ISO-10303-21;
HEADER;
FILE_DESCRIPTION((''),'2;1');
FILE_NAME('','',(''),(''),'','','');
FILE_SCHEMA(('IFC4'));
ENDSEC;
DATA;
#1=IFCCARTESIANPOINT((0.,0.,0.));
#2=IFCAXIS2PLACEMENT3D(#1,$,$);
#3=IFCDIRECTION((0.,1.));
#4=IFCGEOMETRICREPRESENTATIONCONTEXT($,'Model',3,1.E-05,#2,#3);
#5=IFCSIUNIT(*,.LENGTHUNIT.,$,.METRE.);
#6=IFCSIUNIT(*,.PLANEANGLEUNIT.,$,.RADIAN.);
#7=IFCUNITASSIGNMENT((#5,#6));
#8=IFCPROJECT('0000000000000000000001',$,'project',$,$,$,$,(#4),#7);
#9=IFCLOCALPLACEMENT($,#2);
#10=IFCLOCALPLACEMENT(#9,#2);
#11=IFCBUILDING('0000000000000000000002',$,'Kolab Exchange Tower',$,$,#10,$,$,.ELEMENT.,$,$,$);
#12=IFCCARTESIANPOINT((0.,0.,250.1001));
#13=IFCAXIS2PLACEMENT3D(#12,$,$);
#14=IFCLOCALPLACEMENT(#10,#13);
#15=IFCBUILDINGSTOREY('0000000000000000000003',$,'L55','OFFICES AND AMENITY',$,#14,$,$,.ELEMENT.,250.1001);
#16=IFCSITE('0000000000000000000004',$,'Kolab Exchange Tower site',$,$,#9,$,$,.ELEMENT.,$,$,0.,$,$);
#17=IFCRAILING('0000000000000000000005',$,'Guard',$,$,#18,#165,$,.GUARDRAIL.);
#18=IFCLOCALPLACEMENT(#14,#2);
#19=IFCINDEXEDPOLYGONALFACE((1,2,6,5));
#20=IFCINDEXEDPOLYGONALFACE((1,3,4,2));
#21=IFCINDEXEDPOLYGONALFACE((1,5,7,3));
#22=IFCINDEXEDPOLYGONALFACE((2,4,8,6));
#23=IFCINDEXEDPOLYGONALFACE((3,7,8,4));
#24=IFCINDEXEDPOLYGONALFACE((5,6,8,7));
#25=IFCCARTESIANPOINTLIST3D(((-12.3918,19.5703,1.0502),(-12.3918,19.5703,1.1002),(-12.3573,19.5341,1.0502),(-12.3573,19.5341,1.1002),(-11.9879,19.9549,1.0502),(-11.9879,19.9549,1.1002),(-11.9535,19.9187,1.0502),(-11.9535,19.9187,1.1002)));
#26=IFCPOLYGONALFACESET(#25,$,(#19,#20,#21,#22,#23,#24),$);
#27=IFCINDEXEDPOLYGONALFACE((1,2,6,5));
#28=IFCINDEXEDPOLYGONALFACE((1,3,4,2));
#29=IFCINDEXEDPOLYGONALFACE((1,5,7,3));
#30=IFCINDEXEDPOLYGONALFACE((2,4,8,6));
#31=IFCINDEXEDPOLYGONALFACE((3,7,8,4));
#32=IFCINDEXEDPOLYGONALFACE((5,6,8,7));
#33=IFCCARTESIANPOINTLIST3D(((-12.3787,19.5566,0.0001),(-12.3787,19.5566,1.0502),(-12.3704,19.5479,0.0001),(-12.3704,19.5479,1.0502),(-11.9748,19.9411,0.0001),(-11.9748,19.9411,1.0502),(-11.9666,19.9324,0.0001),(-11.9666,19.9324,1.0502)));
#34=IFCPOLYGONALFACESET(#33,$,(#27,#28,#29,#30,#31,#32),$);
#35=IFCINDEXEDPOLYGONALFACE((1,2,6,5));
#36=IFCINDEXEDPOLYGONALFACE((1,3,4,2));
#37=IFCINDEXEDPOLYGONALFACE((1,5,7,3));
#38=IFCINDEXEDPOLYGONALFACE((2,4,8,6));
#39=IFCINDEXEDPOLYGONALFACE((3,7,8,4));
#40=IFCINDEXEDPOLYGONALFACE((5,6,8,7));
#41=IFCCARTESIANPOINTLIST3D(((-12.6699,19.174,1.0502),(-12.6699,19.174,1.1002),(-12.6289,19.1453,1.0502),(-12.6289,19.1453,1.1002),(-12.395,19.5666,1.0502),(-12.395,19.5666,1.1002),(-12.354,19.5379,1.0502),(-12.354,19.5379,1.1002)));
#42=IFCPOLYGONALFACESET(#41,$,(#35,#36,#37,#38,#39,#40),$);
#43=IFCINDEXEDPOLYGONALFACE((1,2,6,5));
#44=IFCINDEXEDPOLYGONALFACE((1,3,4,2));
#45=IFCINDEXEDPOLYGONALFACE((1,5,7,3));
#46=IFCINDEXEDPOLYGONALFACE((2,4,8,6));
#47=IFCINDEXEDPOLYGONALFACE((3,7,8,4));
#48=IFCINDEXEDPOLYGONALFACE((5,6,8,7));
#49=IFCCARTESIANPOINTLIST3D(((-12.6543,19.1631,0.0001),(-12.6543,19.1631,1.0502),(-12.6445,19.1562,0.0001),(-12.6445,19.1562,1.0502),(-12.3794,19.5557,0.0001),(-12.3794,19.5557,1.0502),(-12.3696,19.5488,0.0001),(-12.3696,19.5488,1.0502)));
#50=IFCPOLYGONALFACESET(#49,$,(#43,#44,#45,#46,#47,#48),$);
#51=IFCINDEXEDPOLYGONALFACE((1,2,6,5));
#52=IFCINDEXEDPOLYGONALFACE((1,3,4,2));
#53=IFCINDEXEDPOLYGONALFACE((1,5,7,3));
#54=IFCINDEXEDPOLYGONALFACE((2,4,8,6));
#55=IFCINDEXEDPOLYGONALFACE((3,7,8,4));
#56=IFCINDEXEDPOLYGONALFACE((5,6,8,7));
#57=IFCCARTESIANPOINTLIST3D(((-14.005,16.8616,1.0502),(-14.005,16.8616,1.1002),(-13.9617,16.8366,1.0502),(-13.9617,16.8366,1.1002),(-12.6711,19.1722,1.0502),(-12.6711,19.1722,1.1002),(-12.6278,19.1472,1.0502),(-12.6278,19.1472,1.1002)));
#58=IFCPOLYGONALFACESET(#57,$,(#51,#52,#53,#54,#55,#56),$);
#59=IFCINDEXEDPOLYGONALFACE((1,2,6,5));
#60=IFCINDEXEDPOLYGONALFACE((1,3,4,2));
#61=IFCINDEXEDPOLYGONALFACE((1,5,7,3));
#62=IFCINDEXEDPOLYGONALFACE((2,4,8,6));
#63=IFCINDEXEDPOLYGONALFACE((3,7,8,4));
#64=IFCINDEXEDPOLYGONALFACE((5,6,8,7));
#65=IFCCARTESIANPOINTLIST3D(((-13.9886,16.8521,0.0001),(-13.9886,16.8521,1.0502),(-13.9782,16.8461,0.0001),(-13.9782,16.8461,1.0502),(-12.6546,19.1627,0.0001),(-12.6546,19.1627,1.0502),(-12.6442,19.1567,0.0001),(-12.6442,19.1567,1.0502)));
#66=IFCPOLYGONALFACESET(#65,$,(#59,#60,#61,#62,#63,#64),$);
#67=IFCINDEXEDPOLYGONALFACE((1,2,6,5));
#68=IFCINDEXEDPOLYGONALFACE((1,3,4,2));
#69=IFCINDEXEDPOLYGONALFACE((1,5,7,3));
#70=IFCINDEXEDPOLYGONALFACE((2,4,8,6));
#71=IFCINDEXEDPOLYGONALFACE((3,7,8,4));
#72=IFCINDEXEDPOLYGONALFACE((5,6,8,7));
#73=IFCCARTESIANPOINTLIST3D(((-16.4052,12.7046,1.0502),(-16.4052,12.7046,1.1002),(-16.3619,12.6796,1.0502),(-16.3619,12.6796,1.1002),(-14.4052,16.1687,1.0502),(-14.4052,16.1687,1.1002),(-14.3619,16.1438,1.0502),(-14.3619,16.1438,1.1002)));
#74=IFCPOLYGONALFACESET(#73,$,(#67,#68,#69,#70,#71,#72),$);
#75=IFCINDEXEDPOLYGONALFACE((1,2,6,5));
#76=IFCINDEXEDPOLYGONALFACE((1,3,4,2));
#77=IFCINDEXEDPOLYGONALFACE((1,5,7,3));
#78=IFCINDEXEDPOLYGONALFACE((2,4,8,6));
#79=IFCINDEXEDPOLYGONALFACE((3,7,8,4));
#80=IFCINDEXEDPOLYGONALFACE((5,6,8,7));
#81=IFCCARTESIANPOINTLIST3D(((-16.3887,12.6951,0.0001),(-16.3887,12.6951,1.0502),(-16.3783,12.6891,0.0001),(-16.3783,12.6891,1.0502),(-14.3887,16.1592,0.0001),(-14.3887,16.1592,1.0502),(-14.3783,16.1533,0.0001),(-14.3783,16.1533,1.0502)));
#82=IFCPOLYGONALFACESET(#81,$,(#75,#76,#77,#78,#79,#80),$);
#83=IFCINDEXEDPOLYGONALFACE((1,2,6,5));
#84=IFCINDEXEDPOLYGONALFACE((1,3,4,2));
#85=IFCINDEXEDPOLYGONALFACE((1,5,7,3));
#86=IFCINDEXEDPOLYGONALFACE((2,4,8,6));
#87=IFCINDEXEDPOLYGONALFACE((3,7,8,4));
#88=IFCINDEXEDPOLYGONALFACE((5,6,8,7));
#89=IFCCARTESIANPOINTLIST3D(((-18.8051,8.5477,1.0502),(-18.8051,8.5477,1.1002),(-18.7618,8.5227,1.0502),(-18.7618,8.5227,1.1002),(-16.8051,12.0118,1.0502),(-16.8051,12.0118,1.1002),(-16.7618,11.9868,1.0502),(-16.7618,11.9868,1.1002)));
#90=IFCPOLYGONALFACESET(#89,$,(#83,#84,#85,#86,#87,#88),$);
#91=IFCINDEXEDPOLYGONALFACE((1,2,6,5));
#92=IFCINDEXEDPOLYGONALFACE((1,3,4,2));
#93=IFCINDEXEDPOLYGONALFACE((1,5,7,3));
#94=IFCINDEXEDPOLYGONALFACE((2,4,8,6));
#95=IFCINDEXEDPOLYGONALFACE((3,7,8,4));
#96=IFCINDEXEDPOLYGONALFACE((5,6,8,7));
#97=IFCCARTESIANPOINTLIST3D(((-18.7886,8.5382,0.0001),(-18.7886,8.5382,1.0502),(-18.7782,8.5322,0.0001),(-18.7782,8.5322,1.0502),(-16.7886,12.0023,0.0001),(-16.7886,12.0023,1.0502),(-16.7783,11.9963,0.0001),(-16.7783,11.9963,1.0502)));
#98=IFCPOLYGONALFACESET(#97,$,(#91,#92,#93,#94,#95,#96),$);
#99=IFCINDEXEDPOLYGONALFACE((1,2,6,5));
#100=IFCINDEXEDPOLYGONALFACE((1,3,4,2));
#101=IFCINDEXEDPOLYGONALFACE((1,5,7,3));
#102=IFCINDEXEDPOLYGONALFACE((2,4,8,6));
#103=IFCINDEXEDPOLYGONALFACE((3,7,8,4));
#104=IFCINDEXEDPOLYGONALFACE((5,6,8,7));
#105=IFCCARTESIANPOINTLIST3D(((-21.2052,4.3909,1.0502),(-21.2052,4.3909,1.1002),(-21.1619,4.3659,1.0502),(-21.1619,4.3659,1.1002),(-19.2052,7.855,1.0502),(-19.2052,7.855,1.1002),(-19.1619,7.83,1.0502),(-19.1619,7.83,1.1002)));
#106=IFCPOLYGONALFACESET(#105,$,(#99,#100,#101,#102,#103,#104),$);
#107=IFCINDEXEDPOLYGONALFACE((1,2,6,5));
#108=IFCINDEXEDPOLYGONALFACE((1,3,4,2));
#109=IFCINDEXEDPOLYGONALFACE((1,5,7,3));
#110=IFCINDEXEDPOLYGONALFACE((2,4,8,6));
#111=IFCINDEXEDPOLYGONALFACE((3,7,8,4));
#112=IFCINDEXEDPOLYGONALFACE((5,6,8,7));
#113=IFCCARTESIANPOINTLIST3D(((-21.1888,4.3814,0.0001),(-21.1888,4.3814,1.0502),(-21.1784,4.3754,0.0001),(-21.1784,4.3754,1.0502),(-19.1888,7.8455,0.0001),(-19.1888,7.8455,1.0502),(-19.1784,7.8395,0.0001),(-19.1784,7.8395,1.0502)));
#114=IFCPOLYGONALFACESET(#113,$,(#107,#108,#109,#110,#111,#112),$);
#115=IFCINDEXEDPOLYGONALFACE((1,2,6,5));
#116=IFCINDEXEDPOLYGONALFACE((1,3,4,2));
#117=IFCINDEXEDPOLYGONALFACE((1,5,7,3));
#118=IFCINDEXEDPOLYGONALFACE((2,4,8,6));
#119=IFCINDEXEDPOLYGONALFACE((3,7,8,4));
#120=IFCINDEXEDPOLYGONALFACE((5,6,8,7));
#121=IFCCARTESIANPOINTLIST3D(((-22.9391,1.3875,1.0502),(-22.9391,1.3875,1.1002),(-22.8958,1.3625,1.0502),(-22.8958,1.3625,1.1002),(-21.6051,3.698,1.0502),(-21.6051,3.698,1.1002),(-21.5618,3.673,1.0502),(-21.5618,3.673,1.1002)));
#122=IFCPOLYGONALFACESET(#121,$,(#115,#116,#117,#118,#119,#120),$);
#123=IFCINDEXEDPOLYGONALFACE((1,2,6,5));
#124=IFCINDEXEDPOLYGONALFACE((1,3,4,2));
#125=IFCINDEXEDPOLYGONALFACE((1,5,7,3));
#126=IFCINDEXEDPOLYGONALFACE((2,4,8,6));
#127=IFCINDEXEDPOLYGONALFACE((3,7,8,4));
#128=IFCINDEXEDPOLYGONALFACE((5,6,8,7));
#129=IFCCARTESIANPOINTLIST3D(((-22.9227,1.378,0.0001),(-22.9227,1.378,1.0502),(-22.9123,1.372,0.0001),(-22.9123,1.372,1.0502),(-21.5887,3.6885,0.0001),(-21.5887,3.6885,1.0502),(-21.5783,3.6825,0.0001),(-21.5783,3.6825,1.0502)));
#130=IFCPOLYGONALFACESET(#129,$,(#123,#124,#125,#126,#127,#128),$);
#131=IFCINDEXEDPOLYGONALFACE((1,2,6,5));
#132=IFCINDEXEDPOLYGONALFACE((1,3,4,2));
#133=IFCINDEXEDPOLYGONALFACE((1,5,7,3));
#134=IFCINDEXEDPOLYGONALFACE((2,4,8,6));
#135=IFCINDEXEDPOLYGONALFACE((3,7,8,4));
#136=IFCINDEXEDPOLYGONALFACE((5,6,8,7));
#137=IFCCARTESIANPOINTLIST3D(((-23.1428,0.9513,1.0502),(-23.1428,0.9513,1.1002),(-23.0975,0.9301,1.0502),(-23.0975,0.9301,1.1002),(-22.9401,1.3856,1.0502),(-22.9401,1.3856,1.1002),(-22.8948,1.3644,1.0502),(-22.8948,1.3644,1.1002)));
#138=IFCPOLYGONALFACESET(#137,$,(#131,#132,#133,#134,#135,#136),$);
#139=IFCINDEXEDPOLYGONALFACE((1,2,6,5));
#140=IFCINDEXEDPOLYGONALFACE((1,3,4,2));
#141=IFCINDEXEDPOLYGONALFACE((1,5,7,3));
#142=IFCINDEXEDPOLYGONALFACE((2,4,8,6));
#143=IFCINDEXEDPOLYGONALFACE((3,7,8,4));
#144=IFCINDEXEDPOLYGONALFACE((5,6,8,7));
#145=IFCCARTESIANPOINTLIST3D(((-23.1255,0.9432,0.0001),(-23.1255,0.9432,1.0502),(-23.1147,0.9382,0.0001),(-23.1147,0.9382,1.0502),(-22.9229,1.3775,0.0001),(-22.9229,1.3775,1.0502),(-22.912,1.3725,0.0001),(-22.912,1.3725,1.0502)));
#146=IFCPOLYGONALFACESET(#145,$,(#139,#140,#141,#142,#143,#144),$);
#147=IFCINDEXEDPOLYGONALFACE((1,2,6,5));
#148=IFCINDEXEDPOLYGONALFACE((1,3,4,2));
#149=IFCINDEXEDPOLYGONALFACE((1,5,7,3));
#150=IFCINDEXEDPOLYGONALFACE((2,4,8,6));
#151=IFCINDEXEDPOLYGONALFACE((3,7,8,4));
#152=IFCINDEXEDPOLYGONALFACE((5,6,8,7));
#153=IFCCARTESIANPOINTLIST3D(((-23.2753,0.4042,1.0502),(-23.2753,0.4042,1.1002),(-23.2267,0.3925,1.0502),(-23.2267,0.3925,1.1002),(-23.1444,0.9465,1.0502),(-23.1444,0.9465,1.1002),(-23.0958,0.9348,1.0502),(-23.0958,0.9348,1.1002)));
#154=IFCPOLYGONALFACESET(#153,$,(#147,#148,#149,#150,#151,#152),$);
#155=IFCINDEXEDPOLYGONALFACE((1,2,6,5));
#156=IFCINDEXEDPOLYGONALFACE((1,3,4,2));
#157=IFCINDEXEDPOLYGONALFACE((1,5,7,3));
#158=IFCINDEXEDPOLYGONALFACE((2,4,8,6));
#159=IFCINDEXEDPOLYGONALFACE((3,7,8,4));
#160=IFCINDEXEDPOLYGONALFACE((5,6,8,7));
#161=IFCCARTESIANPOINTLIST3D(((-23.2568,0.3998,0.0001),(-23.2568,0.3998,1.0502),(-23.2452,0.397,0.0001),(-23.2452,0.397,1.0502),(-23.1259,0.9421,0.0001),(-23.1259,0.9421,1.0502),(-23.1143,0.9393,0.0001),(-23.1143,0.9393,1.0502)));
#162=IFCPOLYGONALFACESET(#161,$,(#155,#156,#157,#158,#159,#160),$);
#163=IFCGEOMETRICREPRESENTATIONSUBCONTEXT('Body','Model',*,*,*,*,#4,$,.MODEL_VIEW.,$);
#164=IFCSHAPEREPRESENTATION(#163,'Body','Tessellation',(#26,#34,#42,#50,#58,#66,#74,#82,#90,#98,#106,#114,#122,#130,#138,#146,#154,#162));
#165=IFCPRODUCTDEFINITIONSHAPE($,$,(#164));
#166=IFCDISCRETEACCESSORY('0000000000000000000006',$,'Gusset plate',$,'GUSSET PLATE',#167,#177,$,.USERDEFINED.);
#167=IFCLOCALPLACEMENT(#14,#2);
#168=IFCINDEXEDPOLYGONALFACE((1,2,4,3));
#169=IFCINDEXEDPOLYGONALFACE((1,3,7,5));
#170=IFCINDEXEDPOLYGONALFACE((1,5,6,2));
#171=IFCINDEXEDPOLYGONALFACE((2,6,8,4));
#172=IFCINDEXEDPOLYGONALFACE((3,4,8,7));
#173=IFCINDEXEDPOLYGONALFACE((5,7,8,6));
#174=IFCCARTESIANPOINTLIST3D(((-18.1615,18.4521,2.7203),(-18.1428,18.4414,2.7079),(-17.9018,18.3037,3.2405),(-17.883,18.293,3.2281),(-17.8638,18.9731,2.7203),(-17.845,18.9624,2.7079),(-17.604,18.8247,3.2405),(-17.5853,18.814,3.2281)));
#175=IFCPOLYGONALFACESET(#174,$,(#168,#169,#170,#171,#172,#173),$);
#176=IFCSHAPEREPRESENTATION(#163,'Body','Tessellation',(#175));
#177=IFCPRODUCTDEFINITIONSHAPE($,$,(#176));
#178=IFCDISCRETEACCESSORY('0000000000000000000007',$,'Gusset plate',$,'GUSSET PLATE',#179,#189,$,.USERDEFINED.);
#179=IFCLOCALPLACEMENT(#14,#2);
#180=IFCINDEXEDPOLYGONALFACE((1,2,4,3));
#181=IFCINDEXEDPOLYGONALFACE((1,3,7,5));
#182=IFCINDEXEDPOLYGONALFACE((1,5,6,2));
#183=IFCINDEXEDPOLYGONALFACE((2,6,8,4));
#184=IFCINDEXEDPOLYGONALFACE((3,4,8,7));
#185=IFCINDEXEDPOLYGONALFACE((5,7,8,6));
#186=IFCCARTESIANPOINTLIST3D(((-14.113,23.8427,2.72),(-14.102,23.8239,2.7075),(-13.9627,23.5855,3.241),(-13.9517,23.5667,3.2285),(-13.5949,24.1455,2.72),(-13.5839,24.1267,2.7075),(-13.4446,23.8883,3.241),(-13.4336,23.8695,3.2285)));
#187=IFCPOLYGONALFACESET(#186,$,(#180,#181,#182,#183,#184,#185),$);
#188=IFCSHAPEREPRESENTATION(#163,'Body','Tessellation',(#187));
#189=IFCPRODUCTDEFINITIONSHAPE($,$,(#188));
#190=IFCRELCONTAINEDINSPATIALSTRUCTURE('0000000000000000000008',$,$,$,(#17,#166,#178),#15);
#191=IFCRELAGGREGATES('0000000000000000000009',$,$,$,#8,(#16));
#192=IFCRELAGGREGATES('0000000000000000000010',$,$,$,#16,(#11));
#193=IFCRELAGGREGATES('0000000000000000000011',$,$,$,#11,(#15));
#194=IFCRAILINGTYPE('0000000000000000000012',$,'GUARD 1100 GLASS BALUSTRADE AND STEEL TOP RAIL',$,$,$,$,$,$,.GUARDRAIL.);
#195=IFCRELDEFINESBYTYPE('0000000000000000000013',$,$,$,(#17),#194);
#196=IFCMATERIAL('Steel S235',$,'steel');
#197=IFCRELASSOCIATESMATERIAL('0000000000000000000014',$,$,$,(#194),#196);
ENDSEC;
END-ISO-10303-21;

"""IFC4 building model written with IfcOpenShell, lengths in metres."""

from ifc_helpers import new_model, si_unit, direction, frame, frame_2d, origin, origin_2d, place, context, subcontext, project, spatial, rectangle, extrude, material, type_object, element, save


model = new_model("IFC4")

# Units and contexts
model_context = context("Model", 3, precision=1e-05, world=origin(), true_north=direction((0.0, 1.0)))
body_context = subcontext(model_context, "Body", "Model", "MODEL_VIEW")
ifc_project = project(units=[si_unit("LENGTHUNIT", "METRE"), si_unit("PLANEANGLEUNIT", "RADIAN")], contexts=[model_context])

# Site, building, storey
site_placement = place(None, origin())
site = spatial("IfcSite", under=ifc_project, at=site_placement, Name="Kolab Exchange Tower site", CompositionType="ELEMENT", RefElevation=0.0)
building_placement = place(site_placement, origin())
building = spatial("IfcBuilding", under=site, at=building_placement, Name="Kolab Exchange Tower", CompositionType="ELEMENT")
storey_placement = place(building_placement, frame((0.0, 0.0, 250.1001)))
storey = spatial("IfcBuildingStorey", under=building, at=storey_placement, Name="L55", Description="OFFICES AND AMENITY", CompositionType="ELEMENT", Elevation=250.1001)

# Shared definitions
ifc_material_1 = material(Name="Steel S235", Category="steel")

# Railing
railing_type = type_object("IfcRailingType", Name="GUARD 1100 GLASS BALUSTRADE AND STEEL TOP RAIL", PredefinedType="GUARDRAIL", material=ifc_material_1)
railing_placement = place(storey_placement, frame((-11.9707, 19.9368, 0.0)))
element("IfcRailing", 1, at=railing_placement, inside=storey, type_object=railing_type, Name="Guard", PredefinedType="GUARDRAIL", context=body_context, shape_type="SweptSolid", body=[
    extrude(rectangle(XDim=0.05, YDim=0.05, at=origin_2d()), frame((0.0, 0.0, 1.0752), z_axis=(-0.72419, -0.689601, 0.0), x_axis=(0.689601, -0.72419, 0.0)), (0.0, 0.0, 1.0), 0.5576),
    extrude(rectangle(XDim=0.012, YDim=1.0501, at=frame_2d((0.0, 0.5251))), frame((0.0, 0.0, 0.0), z_axis=(-0.72419, -0.689601, 0.0), x_axis=(0.689601, -0.72419, 0.0)), (0.0, 0.0, 1.0), 0.5576),
    extrude(rectangle(XDim=0.05, YDim=0.05, at=origin_2d()), frame((-0.4038, -0.3845, 1.0752), z_axis=(-0.573599, -0.819136, 0.0), x_axis=(0.819136, -0.573599, 0.0)), (0.0, 0.0, 1.0), 0.4792),
    extrude(rectangle(XDim=0.012, YDim=1.0501, at=frame_2d((0.0, 0.5251))), frame((-0.4038, -0.3845, 0.0), z_axis=(-0.573599, -0.819136, 0.0), x_axis=(0.819136, -0.573599, 0.0)), (0.0, 0.0, 1.0), 0.4792),
    extrude(rectangle(XDim=0.05, YDim=0.05, at=origin_2d()), frame((-0.6787, -0.7771, 1.0752), z_axis=(-0.499997, -0.866027, 0.0), x_axis=(0.866027, -0.499997, 0.0)), (0.0, 0.0, 1.0), 2.668),
    extrude(rectangle(XDim=0.012, YDim=1.0501, at=frame_2d((0.0, 0.5251))), frame((-0.6787, -0.7771, 0.0), z_axis=(-0.499997, -0.866027, 0.0), x_axis=(0.866027, -0.499997, 0.0)), (0.0, 0.0, 1.0), 2.668),
    extrude(rectangle(XDim=0.05, YDim=0.05, at=origin_2d()), frame((-2.4128, -3.7805, 1.0752), z_axis=(-0.499999, -0.866026, 0.0), x_axis=(0.866026, -0.499999, 0.0)), (0.0, 0.0, 1.0), 4.0),
    extrude(rectangle(XDim=0.012, YDim=1.0501, at=frame_2d((0.0, 0.5251))), frame((-2.4128, -3.7805, 0.0), z_axis=(-0.499999, -0.866026, 0.0), x_axis=(0.866026, -0.499999, 0.0)), (0.0, 0.0, 1.0), 4.0),
    extrude(rectangle(XDim=0.05, YDim=0.05, at=origin_2d()), frame((-4.8127, -7.9375, 1.0752), z_axis=(-0.499999, -0.866026, 0.0), x_axis=(0.866026, -0.499999, 0.0)), (0.0, 0.0, 1.0), 4.0),
    extrude(rectangle(XDim=0.012, YDim=1.0501, at=frame_2d((0.0, 0.5251))), frame((-4.8127, -7.9375, 0.0), z_axis=(-0.499999, -0.866026, 0.0), x_axis=(0.866026, -0.499999, 0.0)), (0.0, 0.0, 1.0), 4.0),
    extrude(rectangle(XDim=0.05, YDim=0.05, at=origin_2d()), frame((-7.2129, -12.0942, 1.0752), z_axis=(-0.499999, -0.866026, 0.0), x_axis=(0.866026, -0.499999, 0.0)), (0.0, 0.0, 1.0), 4.0),
    extrude(rectangle(XDim=0.012, YDim=1.0501, at=frame_2d((0.0, 0.5251))), frame((-7.2129, -12.0942, 0.0), z_axis=(-0.499999, -0.866026, 0.0), x_axis=(0.866026, -0.499999, 0.0)), (0.0, 0.0, 1.0), 4.0),
    extrude(rectangle(XDim=0.05, YDim=0.05, at=origin_2d()), frame((-9.6128, -16.2512, 1.0752), z_axis=(-0.499997, -0.866027, 0.0), x_axis=(0.866027, -0.499997, 0.0)), (0.0, 0.0, 1.0), 2.668),
    extrude(rectangle(XDim=0.012, YDim=1.0501, at=frame_2d((0.0, 0.5251))), frame((-9.6128, -16.2512, 0.0), z_axis=(-0.499997, -0.866027, 0.0), x_axis=(0.866027, -0.499997, 0.0)), (0.0, 0.0, 1.0), 2.668),
    extrude(rectangle(XDim=0.05, YDim=0.05, at=origin_2d()), frame((-10.9468, -18.5618, 1.0752), z_axis=(-0.422802, -0.906222, 0.0), x_axis=(0.906222, -0.422802, 0.0)), (0.0, 0.0, 1.0), 0.4792),
    extrude(rectangle(XDim=0.012, YDim=1.0501, at=frame_2d((0.0, 0.5251))), frame((-10.9468, -18.5618, 0.0), z_axis=(-0.422802, -0.906222, 0.0), x_axis=(0.906222, -0.422802, 0.0)), (0.0, 0.0, 1.0), 0.4792),
    extrude(rectangle(XDim=0.05, YDim=0.05, at=origin_2d()), frame((-11.1494, -18.9961, 1.0752), z_axis=(-0.234598, -0.972093, 0.0), x_axis=(0.972093, -0.234598, 0.0)), (0.0, 0.0, 1.0), 0.5579),
    extrude(rectangle(XDim=0.012, YDim=1.0501, at=frame_2d((0.0, 0.5251))), frame((-11.1494, -18.9961, 0.0), z_axis=(-0.234598, -0.972093, 0.0), x_axis=(0.972093, -0.234598, 0.0)), (0.0, 0.0, 1.0), 0.5579),
])

# Discrete accessories
discrete_accessory_1_placement = place(storey_placement, frame((-17.864, 18.6277, 2.968), z_axis=(-0.752663, 0.430093, 0.498517), x_axis=(-0.496139, -0.868243, 0.0)))
element("IfcDiscreteAccessory", 2, at=discrete_accessory_1_placement, inside=storey, Name="Gusset plate", ObjectType="GUSSET PLATE", PredefinedType="USERDEFINED", context=body_context, shape_type="SweptSolid", body=[
    extrude(rectangle(XDim=0.6001, YDim=0.6001, at=origin_2d()), origin(), (0.0, 0.0, 1.0), 0.0249),
])
discrete_accessory_2_placement = place(storey_placement, frame((-13.7678, 23.8467, 2.968), z_axis=(-0.438009, 0.749483, 0.496411), x_axis=(-0.863372, -0.504568, 0.0)))
element("IfcDiscreteAccessory", 3, at=discrete_accessory_2_placement, inside=storey, Name="Gusset plate", ObjectType="GUSSET PLATE", PredefinedType="USERDEFINED", context=body_context, shape_type="SweptSolid", body=[
    extrude(rectangle(XDim=0.6001, YDim=0.6001, at=origin_2d()), origin(), (0.0, 0.0, 1.0), 0.0251),
])

save(model, "model.ifc")
